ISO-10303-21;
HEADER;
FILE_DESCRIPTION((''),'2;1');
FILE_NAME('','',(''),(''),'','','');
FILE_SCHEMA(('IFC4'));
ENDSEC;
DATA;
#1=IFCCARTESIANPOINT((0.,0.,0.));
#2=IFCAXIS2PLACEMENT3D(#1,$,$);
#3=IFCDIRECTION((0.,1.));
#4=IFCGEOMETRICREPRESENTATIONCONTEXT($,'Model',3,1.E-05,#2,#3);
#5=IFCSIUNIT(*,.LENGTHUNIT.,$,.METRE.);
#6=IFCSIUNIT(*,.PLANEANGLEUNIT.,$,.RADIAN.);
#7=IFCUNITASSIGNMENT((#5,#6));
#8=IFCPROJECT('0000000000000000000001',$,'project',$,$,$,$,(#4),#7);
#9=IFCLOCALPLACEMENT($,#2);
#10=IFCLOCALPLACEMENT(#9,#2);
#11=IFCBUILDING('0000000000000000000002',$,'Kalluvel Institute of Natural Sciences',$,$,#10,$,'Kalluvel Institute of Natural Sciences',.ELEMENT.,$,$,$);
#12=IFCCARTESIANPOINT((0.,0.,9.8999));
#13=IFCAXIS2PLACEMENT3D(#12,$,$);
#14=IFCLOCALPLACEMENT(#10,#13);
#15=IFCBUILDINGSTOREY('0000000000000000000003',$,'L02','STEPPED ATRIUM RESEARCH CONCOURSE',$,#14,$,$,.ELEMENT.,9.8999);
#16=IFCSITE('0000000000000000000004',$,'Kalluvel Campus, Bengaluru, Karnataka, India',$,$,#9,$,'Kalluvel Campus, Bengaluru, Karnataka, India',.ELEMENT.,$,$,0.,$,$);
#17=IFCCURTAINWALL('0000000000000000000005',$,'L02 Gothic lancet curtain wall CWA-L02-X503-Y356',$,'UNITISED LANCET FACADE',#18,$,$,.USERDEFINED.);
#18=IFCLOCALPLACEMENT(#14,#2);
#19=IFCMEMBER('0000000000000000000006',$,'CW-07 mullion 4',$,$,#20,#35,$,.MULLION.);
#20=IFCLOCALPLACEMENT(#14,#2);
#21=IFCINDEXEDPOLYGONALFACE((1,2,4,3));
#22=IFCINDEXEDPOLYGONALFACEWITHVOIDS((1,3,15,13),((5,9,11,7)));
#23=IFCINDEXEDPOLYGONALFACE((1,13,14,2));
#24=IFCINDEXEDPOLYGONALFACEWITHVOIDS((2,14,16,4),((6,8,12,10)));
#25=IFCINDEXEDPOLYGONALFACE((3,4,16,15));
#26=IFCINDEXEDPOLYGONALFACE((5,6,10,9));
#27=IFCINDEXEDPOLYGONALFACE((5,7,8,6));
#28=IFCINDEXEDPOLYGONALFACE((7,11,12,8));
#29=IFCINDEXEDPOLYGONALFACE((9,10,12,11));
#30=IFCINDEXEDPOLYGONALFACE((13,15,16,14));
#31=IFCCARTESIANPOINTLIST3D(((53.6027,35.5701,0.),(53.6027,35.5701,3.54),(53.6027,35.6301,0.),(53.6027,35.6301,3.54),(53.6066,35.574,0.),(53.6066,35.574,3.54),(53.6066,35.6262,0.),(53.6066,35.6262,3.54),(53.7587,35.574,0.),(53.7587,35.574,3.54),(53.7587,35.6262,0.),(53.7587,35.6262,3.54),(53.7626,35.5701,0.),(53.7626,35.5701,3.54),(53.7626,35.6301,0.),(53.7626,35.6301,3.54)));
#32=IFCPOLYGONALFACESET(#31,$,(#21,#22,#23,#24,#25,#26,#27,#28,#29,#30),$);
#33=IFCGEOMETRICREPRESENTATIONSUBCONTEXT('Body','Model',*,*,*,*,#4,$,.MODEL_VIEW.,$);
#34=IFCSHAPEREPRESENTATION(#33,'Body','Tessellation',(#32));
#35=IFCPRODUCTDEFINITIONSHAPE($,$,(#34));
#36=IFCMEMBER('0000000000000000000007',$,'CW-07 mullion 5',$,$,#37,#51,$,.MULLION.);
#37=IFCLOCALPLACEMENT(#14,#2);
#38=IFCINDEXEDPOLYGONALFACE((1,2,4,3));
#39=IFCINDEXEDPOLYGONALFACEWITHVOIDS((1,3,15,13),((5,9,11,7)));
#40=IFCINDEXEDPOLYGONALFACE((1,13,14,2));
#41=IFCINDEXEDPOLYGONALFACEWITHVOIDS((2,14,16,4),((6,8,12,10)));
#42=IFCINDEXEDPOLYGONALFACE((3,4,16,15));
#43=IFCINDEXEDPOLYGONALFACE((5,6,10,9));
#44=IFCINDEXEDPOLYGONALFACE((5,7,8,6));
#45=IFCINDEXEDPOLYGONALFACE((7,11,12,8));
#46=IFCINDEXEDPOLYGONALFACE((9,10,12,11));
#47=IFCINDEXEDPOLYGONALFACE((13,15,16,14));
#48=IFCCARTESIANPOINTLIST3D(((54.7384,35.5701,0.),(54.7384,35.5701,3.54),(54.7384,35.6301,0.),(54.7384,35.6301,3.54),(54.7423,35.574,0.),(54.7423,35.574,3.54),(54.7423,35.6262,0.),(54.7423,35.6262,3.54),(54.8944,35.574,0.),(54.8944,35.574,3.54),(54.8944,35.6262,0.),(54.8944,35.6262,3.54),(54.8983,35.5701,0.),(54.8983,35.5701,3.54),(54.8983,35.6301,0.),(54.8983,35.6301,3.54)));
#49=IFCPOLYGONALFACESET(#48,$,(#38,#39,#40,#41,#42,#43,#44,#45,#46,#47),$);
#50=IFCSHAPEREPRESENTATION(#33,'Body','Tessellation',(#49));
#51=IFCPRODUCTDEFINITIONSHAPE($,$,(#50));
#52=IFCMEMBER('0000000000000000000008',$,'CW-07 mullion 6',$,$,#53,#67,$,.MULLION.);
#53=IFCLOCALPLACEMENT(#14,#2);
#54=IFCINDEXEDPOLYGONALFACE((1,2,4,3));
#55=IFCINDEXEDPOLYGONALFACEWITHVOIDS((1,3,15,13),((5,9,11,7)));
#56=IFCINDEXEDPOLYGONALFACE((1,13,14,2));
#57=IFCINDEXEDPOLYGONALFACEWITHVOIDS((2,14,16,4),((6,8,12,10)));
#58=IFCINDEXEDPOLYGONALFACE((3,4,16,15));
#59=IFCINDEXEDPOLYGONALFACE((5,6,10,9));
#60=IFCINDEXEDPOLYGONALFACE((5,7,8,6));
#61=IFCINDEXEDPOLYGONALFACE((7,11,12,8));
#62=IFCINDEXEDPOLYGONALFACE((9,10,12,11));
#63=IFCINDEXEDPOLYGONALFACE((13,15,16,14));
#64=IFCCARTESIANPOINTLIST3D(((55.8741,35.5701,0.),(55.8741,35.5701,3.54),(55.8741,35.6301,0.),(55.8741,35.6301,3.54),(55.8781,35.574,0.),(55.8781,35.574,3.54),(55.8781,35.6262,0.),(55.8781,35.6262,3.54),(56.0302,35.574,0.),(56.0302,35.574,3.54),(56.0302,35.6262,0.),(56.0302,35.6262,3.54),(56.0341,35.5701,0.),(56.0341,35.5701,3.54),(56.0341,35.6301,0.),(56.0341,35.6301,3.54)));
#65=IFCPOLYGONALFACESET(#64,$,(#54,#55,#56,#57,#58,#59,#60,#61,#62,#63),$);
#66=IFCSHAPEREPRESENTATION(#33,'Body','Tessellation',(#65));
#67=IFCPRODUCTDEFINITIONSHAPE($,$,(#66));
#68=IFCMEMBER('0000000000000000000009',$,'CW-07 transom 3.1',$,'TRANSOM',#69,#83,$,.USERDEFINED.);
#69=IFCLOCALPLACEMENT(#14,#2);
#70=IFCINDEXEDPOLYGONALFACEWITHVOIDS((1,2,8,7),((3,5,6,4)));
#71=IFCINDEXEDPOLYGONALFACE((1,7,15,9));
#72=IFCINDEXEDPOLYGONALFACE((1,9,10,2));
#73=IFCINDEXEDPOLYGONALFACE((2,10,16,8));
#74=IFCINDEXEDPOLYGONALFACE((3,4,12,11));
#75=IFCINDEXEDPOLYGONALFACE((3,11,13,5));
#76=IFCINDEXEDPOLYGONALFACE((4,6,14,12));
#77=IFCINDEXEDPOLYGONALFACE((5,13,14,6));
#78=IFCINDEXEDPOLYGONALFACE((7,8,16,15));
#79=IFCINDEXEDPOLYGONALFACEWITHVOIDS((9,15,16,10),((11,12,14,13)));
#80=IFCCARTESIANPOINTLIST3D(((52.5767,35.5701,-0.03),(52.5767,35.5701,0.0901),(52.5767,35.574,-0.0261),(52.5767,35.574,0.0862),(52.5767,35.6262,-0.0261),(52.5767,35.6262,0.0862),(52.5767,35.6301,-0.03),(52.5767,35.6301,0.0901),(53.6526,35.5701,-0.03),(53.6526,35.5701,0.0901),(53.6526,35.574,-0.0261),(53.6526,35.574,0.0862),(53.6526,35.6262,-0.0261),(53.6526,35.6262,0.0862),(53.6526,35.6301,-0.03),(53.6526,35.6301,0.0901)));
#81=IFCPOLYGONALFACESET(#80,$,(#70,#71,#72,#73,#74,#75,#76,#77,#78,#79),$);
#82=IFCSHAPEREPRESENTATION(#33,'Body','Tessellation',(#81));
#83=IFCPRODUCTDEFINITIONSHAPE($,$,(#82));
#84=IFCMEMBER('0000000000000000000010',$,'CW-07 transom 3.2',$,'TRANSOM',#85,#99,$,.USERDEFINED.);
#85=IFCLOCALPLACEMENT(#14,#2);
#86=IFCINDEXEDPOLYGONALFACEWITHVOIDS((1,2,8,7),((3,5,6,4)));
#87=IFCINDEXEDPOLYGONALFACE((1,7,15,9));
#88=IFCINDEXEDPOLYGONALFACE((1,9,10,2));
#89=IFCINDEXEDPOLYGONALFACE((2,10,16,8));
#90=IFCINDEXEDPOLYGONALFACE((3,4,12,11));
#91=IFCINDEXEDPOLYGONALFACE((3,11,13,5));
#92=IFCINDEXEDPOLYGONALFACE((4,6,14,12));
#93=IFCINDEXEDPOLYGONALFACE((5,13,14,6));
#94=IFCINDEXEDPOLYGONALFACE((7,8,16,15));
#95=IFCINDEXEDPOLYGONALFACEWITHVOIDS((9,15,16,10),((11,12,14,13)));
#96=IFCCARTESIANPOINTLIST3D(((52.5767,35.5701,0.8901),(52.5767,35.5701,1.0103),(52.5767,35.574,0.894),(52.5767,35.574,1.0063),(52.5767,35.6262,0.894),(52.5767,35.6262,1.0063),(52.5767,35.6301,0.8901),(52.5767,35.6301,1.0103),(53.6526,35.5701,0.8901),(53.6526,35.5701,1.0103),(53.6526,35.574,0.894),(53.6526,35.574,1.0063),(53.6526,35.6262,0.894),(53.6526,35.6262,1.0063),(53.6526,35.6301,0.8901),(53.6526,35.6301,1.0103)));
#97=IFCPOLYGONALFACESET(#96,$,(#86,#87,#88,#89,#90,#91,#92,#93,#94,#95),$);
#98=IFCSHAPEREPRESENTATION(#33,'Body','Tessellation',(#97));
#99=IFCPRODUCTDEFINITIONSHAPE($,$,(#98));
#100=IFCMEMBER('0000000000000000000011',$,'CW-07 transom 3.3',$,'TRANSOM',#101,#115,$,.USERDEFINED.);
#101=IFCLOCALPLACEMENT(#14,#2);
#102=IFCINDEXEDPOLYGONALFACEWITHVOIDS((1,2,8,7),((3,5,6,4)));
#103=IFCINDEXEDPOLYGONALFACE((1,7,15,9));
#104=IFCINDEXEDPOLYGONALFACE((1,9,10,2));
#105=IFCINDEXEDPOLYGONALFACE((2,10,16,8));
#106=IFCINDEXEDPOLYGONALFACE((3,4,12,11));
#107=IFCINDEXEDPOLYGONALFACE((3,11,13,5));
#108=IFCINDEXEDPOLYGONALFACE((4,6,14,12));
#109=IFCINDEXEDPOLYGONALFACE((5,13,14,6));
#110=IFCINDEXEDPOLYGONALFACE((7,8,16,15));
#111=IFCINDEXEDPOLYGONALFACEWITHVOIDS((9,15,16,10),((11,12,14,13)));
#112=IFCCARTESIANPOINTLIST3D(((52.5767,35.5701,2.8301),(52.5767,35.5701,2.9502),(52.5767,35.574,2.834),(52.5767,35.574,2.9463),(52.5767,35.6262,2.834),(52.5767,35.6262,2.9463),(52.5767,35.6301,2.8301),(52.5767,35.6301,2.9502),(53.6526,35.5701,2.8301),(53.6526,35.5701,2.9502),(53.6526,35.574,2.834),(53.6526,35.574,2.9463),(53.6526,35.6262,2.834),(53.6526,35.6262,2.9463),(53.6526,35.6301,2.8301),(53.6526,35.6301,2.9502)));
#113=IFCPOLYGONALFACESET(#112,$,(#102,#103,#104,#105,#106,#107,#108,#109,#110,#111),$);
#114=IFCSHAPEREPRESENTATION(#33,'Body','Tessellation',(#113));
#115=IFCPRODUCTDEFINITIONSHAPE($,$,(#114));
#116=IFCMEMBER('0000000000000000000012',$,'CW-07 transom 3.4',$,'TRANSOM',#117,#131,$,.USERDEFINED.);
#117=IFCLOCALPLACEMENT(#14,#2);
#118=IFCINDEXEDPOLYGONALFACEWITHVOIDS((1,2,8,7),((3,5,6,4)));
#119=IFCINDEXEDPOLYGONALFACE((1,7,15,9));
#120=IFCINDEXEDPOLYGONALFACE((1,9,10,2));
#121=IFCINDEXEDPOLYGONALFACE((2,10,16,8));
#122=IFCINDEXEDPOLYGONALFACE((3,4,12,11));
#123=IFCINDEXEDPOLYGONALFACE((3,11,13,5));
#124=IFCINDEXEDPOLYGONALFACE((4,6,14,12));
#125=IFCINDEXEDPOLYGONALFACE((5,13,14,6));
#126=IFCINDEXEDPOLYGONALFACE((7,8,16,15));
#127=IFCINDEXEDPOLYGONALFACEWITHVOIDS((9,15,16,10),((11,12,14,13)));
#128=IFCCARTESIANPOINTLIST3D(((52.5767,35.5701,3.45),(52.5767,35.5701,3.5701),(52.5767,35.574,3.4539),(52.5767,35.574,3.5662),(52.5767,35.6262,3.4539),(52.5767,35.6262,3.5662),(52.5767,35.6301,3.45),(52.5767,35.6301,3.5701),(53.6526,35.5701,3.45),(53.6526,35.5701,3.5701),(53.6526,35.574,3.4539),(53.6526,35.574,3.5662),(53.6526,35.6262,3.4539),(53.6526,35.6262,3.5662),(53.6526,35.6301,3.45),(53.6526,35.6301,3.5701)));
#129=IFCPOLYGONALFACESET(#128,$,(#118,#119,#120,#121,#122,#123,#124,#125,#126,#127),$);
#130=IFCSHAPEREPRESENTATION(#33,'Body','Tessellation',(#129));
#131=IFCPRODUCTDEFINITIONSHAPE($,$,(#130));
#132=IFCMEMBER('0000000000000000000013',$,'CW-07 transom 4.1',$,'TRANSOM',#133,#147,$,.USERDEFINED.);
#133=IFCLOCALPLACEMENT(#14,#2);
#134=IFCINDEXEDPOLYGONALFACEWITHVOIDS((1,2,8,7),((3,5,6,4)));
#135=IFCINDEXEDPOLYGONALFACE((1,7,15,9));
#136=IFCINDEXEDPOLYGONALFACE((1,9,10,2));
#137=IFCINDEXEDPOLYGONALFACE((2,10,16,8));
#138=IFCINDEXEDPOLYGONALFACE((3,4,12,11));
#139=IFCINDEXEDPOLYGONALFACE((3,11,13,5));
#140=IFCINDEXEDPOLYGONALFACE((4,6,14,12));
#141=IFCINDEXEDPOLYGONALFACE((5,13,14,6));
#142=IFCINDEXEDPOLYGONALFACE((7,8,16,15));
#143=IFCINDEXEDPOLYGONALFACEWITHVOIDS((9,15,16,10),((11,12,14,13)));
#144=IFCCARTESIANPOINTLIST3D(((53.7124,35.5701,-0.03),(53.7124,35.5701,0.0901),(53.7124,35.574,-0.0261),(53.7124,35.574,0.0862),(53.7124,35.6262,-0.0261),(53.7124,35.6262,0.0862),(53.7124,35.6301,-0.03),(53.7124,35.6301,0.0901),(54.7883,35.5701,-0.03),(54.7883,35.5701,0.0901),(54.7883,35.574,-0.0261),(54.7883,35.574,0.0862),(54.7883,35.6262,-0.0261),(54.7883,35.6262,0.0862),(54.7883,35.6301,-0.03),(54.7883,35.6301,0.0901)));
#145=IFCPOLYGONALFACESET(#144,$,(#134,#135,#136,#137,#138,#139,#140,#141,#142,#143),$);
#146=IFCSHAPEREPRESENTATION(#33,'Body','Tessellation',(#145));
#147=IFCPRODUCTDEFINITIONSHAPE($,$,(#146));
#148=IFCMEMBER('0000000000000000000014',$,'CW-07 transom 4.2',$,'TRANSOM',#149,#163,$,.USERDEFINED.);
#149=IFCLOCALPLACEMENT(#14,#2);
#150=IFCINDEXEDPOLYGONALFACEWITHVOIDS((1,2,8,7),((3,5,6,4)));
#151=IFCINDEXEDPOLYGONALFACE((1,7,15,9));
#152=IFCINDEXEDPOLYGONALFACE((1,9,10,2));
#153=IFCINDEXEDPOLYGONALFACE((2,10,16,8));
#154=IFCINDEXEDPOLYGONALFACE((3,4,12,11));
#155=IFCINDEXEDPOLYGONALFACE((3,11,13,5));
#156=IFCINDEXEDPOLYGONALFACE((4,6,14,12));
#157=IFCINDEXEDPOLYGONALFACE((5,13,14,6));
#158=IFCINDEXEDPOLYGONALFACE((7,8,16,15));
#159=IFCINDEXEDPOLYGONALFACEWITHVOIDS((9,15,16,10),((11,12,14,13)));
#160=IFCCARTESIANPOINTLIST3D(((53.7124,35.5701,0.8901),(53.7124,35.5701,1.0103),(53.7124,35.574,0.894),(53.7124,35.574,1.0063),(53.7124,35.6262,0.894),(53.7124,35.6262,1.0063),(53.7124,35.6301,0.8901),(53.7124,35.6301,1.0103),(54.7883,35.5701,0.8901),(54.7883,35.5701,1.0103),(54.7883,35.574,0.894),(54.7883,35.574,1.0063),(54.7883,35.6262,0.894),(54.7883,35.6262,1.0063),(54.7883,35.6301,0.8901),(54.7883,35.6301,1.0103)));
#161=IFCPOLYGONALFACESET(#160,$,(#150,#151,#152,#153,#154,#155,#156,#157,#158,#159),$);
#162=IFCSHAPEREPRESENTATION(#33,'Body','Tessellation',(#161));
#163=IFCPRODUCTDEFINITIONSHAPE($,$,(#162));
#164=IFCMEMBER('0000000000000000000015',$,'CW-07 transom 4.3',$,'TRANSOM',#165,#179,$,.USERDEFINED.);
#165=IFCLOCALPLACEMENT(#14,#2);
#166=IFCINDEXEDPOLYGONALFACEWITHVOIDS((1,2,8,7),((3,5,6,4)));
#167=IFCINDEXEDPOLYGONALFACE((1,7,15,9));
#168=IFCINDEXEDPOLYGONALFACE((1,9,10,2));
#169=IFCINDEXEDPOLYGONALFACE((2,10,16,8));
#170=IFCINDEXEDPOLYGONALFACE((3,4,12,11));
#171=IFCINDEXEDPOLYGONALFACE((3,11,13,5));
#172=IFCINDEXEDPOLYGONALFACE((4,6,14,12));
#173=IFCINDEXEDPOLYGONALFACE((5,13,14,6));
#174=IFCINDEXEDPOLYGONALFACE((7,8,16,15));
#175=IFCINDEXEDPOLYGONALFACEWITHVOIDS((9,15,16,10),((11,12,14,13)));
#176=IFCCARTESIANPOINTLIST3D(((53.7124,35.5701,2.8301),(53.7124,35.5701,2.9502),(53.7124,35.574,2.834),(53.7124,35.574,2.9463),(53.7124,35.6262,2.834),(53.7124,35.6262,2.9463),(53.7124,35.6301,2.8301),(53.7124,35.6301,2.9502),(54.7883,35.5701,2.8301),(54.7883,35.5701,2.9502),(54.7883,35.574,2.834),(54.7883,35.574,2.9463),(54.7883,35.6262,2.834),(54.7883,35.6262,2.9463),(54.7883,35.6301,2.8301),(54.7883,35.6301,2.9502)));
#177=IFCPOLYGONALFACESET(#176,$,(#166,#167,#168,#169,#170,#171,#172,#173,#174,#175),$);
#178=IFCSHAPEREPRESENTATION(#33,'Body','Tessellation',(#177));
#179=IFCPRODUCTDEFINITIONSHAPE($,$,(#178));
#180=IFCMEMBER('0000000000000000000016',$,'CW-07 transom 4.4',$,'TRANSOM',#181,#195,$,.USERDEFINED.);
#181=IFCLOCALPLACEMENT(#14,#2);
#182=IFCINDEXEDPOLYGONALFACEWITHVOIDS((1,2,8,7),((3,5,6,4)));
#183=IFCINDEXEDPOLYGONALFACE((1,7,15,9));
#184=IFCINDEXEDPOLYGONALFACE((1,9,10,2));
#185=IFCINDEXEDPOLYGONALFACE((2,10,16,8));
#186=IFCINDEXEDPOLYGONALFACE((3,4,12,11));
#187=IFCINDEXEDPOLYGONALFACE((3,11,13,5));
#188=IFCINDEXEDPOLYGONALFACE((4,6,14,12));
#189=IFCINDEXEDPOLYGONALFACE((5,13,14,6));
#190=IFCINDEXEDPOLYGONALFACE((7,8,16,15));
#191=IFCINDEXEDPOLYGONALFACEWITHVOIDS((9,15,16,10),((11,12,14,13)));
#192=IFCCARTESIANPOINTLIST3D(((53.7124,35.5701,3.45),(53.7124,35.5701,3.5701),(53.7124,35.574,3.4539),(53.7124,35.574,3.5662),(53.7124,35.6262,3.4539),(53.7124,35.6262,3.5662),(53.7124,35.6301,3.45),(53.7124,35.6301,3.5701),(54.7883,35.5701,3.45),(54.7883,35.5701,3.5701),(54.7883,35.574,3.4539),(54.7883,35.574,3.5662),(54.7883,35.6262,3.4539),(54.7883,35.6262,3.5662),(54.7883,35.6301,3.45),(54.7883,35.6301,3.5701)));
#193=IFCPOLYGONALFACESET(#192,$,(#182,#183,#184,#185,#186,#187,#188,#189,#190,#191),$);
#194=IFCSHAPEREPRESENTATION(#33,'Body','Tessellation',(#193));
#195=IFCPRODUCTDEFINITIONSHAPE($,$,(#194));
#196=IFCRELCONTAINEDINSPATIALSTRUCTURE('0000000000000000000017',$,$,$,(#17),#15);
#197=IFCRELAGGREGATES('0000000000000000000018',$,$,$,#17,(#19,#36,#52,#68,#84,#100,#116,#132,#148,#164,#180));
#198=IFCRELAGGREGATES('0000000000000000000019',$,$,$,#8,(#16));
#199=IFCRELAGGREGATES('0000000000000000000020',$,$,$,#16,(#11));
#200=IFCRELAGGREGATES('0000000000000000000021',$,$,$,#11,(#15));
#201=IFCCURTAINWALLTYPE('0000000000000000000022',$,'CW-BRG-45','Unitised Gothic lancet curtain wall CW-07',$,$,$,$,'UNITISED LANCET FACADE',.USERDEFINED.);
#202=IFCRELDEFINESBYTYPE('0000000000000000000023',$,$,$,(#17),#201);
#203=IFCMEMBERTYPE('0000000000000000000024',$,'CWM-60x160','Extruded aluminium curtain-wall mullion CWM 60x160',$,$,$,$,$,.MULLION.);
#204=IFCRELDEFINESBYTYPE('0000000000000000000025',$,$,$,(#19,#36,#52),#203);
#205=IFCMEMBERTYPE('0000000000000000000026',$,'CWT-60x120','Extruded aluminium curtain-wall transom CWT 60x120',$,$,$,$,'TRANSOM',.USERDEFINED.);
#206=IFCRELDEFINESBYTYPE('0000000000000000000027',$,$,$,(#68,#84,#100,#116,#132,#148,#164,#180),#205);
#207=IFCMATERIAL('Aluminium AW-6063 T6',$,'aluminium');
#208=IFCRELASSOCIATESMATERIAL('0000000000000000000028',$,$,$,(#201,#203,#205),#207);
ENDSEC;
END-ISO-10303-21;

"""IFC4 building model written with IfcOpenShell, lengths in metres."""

from ifc_helpers import new_model, si_unit, direction, frame, origin, origin_2d, place, context, subcontext, project, spatial, hollow_rectangle, extrude, material, material_profile, profile_set, type_object, element, aggregate, save


model = new_model("IFC4")

# Units and contexts
model_context = context("Model", 3, precision=1e-05, world=origin(), true_north=direction((0.0, 1.0)))
body_context = subcontext(model_context, "Body", "Model", "MODEL_VIEW")
ifc_project = project(units=[si_unit("LENGTHUNIT", "METRE"), si_unit("PLANEANGLEUNIT", "RADIAN")], contexts=[model_context])

# Site, building, storey
site_placement = place(None, origin())
site = spatial("IfcSite", under=ifc_project, at=site_placement, Name="Kalluvel Campus, Bengaluru, Karnataka, India", LongName="Kalluvel Campus, Bengaluru, Karnataka, India", CompositionType="ELEMENT", RefElevation=0.0)
building_placement = place(site_placement, origin())
building = spatial("IfcBuilding", under=site, at=building_placement, Name="Kalluvel Institute of Natural Sciences", LongName="Kalluvel Institute of Natural Sciences", CompositionType="ELEMENT")
storey_placement = place(building_placement, frame((0.0, 0.0, 9.8999)))
storey = spatial("IfcBuildingStorey", under=building, at=storey_placement, Name="L02", Description="STEPPED ATRIUM RESEARCH CONCOURSE", CompositionType="ELEMENT", Elevation=9.8999)

# Curtain wall, members
ifc_material_1 = material(Name="Aluminium AW-6063 T6", Category="aluminium")
curtain_wall_type = type_object("IfcCurtainWallType", Name="CW-BRG-45", Description="Unitised Gothic lancet curtain wall CW-07", ElementType="UNITISED LANCET FACADE", PredefinedType="USERDEFINED", material=ifc_material_1)
curtain_wall_placement = place(storey_placement, origin())
curtain_wall = element("IfcCurtainWall", 1, at=curtain_wall_placement, inside=storey, type_object=curtain_wall_type, Name="L02 Gothic lancet curtain wall CWA-L02-X503-Y356", ObjectType="UNITISED LANCET FACADE", PredefinedType="USERDEFINED")
ifc_material_profile_1 = material_profile(ifc_material_1, hollow_rectangle(XDim=0.0601, YDim=0.1599, WallThickness=0.0039, at=origin_2d()), Name="CWM 60x160")
ifc_profile_set_1 = profile_set([ifc_material_profile_1], Name="Aluminium AW-6063 T6")
member_type_1 = type_object("IfcMemberType", Name="CWM-60x160", Description="Extruded aluminium curtain-wall mullion CWM 60x160", PredefinedType="MULLION", material=ifc_profile_set_1)
member_1_placement = place(storey_placement, frame((53.6826, 35.6001, 0.0), z_axis=(0.0, 0.0, 1.0), x_axis=(0.0, 1.0, 0.0)))
member_1 = element("IfcMember", 2, at=member_1_placement, type_object=member_type_1, Name="CW-07 mullion 4", PredefinedType="MULLION", context=body_context, shape_type="SweptSolid", body=[
    extrude(hollow_rectangle(XDim=0.0601, YDim=0.1599, WallThickness=0.0039, at=origin_2d()), origin(), (0.0, 0.0, 1.0), 3.54),
])
member_2_placement = place(storey_placement, frame((54.8184, 35.6001, 0.0), z_axis=(0.0, 0.0, 1.0), x_axis=(0.0, 1.0, 0.0)))
member_2 = element("IfcMember", 3, at=member_2_placement, type_object=member_type_1, Name="CW-07 mullion 5", PredefinedType="MULLION", context=body_context, shape_type="SweptSolid", body=[
    extrude(hollow_rectangle(XDim=0.0601, YDim=0.1599, WallThickness=0.0039, at=origin_2d()), origin(), (0.0, 0.0, 1.0), 3.54),
])
member_3_placement = place(storey_placement, frame((55.9541, 35.6001, 0.0), z_axis=(0.0, 0.0, 1.0), x_axis=(0.0, 1.0, 0.0)))
member_3 = element("IfcMember", 4, at=member_3_placement, type_object=member_type_1, Name="CW-07 mullion 6", PredefinedType="MULLION", context=body_context, shape_type="SweptSolid", body=[
    extrude(hollow_rectangle(XDim=0.0601, YDim=0.1599, WallThickness=0.0039, at=origin_2d()), origin(), (0.0, 0.0, 1.0), 3.54),
])
ifc_material_profile_2 = material_profile(ifc_material_1, hollow_rectangle(XDim=0.0601, YDim=0.1201, WallThickness=0.0039, at=origin_2d()), Name="CWT 60x120")
ifc_profile_set_2 = profile_set([ifc_material_profile_2], Name="Aluminium AW-6063 T6")
member_type_2 = type_object("IfcMemberType", Name="CWT-60x120", Description="Extruded aluminium curtain-wall transom CWT 60x120", ElementType="TRANSOM", PredefinedType="USERDEFINED", material=ifc_profile_set_2)
member_4_placement = place(storey_placement, frame((52.5767, 35.6001, 0.03), z_axis=(1.0, 0.0, 0.0), x_axis=(0.0, 1.0, 0.0)))
member_4 = element("IfcMember", 5, at=member_4_placement, type_object=member_type_2, Name="CW-07 transom 3.1", ObjectType="TRANSOM", PredefinedType="USERDEFINED", context=body_context, shape_type="SweptSolid", body=[
    extrude(hollow_rectangle(XDim=0.0601, YDim=0.1201, WallThickness=0.0039, at=origin_2d()), origin(), (0.0, 0.0, 1.0), 1.0759),
])
member_5_placement = place(storey_placement, frame((52.5767, 35.6001, 0.9502), z_axis=(1.0, 0.0, 0.0), x_axis=(0.0, 1.0, 0.0)))
member_5 = element("IfcMember", 6, at=member_5_placement, type_object=member_type_2, Name="CW-07 transom 3.2", ObjectType="TRANSOM", PredefinedType="USERDEFINED", context=body_context, shape_type="SweptSolid", body=[
    extrude(hollow_rectangle(XDim=0.0601, YDim=0.1201, WallThickness=0.0039, at=origin_2d()), origin(), (0.0, 0.0, 1.0), 1.0759),
])
member_6_placement = place(storey_placement, frame((52.5767, 35.6001, 2.8901), z_axis=(1.0, 0.0, 0.0), x_axis=(0.0, 1.0, 0.0)))
member_6 = element("IfcMember", 7, at=member_6_placement, type_object=member_type_2, Name="CW-07 transom 3.3", ObjectType="TRANSOM", PredefinedType="USERDEFINED", context=body_context, shape_type="SweptSolid", body=[
    extrude(hollow_rectangle(XDim=0.0601, YDim=0.1201, WallThickness=0.0039, at=origin_2d()), origin(), (0.0, 0.0, 1.0), 1.0759),
])
member_7_placement = place(storey_placement, frame((52.5767, 35.6001, 3.51), z_axis=(1.0, 0.0, 0.0), x_axis=(0.0, 1.0, 0.0)))
member_7 = element("IfcMember", 8, at=member_7_placement, type_object=member_type_2, Name="CW-07 transom 3.4", ObjectType="TRANSOM", PredefinedType="USERDEFINED", context=body_context, shape_type="SweptSolid", body=[
    extrude(hollow_rectangle(XDim=0.0601, YDim=0.1201, WallThickness=0.0039, at=origin_2d()), origin(), (0.0, 0.0, 1.0), 1.0759),
])
member_8_placement = place(storey_placement, frame((53.7124, 35.6001, 0.03), z_axis=(1.0, 0.0, 0.0), x_axis=(0.0, 1.0, 0.0)))
member_8 = element("IfcMember", 9, at=member_8_placement, type_object=member_type_2, Name="CW-07 transom 4.1", ObjectType="TRANSOM", PredefinedType="USERDEFINED", context=body_context, shape_type="SweptSolid", body=[
    extrude(hollow_rectangle(XDim=0.0601, YDim=0.1201, WallThickness=0.0039, at=origin_2d()), origin(), (0.0, 0.0, 1.0), 1.0759),
])
member_9_placement = place(storey_placement, frame((53.7124, 35.6001, 0.9502), z_axis=(1.0, 0.0, 0.0), x_axis=(0.0, 1.0, 0.0)))
member_9 = element("IfcMember", 10, at=member_9_placement, type_object=member_type_2, Name="CW-07 transom 4.2", ObjectType="TRANSOM", PredefinedType="USERDEFINED", context=body_context, shape_type="SweptSolid", body=[
    extrude(hollow_rectangle(XDim=0.0601, YDim=0.1201, WallThickness=0.0039, at=origin_2d()), origin(), (0.0, 0.0, 1.0), 1.0759),
])
member_10_placement = place(storey_placement, frame((53.7124, 35.6001, 2.8901), z_axis=(1.0, 0.0, 0.0), x_axis=(0.0, 1.0, 0.0)))
member_10 = element("IfcMember", 11, at=member_10_placement, type_object=member_type_2, Name="CW-07 transom 4.3", ObjectType="TRANSOM", PredefinedType="USERDEFINED", context=body_context, shape_type="SweptSolid", body=[
    extrude(hollow_rectangle(XDim=0.0601, YDim=0.1201, WallThickness=0.0039, at=origin_2d()), origin(), (0.0, 0.0, 1.0), 1.0759),
])
member_11_placement = place(storey_placement, frame((53.7124, 35.6001, 3.51), z_axis=(1.0, 0.0, 0.0), x_axis=(0.0, 1.0, 0.0)))
member_11 = element("IfcMember", 12, at=member_11_placement, type_object=member_type_2, Name="CW-07 transom 4.4", ObjectType="TRANSOM", PredefinedType="USERDEFINED", context=body_context, shape_type="SweptSolid", body=[
    extrude(hollow_rectangle(XDim=0.0601, YDim=0.1201, WallThickness=0.0039, at=origin_2d()), origin(), (0.0, 0.0, 1.0), 1.0759),
])

aggregate(curtain_wall, [member_1, member_2, member_3, member_4, member_5, member_6, member_7, member_8, member_9, member_10, member_11])

save(model, "model.ifc")
